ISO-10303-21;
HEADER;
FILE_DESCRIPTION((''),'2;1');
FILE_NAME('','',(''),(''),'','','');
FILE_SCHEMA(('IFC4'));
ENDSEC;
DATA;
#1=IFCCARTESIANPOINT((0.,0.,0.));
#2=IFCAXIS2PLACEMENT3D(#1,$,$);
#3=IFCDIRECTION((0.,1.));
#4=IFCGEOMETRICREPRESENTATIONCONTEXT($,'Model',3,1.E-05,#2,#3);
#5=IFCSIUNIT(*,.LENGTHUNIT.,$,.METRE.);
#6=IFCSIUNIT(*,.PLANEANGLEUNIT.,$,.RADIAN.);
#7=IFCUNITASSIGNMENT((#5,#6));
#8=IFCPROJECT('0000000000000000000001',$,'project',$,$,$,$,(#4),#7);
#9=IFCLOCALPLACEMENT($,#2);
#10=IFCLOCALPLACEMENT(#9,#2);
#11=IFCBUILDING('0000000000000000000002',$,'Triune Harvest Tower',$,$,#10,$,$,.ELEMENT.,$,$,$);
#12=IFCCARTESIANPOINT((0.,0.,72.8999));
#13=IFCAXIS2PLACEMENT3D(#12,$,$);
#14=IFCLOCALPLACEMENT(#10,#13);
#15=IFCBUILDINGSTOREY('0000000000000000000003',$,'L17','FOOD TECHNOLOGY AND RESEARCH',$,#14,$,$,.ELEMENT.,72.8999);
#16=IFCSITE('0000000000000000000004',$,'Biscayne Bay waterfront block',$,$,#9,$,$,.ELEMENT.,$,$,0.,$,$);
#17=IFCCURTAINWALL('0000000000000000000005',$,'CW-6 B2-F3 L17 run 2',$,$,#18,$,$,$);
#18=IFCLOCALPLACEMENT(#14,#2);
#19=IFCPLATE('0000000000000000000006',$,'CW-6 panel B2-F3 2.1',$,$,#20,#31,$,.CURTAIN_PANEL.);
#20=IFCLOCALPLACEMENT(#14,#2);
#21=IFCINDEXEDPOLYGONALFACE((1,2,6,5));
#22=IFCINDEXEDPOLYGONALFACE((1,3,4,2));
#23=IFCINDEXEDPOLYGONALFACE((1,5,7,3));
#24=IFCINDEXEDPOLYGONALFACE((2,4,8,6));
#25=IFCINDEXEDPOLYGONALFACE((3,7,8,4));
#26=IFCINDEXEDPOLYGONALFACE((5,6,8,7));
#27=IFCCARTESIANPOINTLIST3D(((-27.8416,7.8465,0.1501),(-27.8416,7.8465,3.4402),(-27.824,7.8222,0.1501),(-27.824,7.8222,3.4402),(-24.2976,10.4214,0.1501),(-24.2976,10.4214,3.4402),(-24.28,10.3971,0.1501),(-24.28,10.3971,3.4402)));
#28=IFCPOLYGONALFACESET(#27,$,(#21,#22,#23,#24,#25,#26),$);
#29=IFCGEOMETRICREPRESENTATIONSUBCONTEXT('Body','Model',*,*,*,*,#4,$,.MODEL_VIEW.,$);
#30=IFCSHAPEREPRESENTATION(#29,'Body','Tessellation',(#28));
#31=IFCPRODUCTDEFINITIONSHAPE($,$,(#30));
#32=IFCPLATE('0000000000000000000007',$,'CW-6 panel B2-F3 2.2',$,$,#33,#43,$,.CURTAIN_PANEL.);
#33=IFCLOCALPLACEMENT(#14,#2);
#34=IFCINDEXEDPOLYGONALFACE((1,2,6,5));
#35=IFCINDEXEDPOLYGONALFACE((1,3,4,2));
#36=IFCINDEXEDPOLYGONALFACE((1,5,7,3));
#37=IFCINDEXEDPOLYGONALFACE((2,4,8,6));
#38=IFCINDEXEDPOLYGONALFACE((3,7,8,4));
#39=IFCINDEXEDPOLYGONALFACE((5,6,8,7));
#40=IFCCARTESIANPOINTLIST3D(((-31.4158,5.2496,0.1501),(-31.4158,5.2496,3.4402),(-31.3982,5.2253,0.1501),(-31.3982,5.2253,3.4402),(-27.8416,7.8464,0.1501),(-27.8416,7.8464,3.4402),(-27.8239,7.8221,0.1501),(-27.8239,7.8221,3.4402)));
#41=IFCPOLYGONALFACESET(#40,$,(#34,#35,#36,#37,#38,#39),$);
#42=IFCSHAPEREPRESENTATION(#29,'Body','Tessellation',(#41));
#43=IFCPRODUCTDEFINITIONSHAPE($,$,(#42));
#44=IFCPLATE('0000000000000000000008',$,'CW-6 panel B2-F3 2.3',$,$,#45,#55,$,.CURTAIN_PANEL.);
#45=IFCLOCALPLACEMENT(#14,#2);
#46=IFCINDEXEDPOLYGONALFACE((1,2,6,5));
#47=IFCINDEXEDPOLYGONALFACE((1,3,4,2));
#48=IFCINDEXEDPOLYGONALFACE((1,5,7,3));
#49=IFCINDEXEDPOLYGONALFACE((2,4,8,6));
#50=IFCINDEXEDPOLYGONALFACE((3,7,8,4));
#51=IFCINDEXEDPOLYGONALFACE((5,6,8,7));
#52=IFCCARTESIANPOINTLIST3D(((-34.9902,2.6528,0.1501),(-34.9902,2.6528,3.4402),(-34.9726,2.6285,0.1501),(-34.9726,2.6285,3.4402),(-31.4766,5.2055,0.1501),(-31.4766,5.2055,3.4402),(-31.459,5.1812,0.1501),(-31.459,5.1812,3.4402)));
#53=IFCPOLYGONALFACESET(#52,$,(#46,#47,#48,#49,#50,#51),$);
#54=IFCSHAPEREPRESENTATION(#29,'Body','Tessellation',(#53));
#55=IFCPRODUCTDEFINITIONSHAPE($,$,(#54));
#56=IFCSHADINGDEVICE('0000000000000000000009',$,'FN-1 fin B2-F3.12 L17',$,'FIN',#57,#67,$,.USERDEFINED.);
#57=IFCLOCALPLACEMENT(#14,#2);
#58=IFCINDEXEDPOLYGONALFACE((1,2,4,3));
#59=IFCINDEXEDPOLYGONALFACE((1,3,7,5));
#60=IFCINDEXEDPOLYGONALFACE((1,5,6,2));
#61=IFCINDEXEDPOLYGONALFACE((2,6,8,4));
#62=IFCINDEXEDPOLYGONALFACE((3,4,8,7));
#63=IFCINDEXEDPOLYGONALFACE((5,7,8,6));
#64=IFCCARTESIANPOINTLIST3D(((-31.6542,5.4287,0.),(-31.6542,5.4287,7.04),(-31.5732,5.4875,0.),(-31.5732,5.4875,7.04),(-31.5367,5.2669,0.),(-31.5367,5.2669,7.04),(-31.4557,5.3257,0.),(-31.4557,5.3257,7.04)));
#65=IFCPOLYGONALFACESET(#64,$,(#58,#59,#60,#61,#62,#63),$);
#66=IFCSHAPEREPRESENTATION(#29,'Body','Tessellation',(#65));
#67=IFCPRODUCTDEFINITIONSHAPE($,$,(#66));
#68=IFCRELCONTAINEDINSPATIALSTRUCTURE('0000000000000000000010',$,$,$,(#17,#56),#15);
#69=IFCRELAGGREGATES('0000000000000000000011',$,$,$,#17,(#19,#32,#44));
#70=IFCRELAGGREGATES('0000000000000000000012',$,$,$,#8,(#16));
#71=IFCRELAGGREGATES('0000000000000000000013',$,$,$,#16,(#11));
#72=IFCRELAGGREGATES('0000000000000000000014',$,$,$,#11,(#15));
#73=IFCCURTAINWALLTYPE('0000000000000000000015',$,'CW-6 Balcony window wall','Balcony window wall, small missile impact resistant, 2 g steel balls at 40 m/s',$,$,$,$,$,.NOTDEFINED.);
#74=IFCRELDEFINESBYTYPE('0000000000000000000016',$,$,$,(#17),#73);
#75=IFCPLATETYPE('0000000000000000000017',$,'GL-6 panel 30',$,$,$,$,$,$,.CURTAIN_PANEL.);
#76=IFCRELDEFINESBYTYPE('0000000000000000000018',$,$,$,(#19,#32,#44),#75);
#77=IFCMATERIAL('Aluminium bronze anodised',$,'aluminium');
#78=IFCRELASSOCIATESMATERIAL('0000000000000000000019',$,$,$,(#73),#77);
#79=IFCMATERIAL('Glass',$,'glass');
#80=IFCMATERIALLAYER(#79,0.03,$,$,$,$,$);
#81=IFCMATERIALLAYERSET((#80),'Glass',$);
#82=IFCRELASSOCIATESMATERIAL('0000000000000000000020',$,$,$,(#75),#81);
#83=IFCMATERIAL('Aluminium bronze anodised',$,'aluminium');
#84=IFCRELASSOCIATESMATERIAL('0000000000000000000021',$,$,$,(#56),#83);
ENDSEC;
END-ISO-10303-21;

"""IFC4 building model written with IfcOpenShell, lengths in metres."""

from ifc_helpers import new_model, si_unit, direction, frame, origin, origin_2d, place, context, subcontext, project, spatial, rectangle, extrude, source, transform, mapped, material, layer, layer_set, type_object, element, aggregate, save


model = new_model("IFC4")

# Units and contexts
model_context = context("Model", 3, precision=1e-05, world=origin(), true_north=direction((0.0, 1.0)))
body_context = subcontext(model_context, "Body", "Model", "MODEL_VIEW")
ifc_project = project(units=[si_unit("LENGTHUNIT", "METRE"), si_unit("PLANEANGLEUNIT", "RADIAN")], contexts=[model_context])

# Site, building, storey
site_placement = place(None, origin())
site = spatial("IfcSite", under=ifc_project, at=site_placement, Name="Biscayne Bay waterfront block", CompositionType="ELEMENT", RefElevation=0.0)
building_placement = place(site_placement, origin())
building = spatial("IfcBuilding", under=site, at=building_placement, Name="Triune Harvest Tower", CompositionType="ELEMENT")
storey_placement = place(building_placement, frame((0.0, 0.0, 72.8999)))
storey = spatial("IfcBuildingStorey", under=building, at=storey_placement, Name="L17", Description="FOOD TECHNOLOGY AND RESEARCH", CompositionType="ELEMENT", Elevation=72.8999)

# Curtain wall
ifc_material_1 = material(Name="Aluminium bronze anodised", Category="aluminium")
curtain_wall_type_1 = type_object("IfcCurtainWallType", Name="CW-6 Balcony window wall", Description="Balcony window wall, small missile impact resistant, 2 g steel balls at 40 m/s", PredefinedType="NOTDEFINED", material=ifc_material_1)
curtain_wall_1_placement = place(storey_placement, origin())
curtain_wall_1 = element("IfcCurtainWall", 1, at=curtain_wall_1_placement, inside=storey, type_object=curtain_wall_type_1, Name="CW-6 B2-F3 L17 run 2")

# Plates
ifc_material_2 = material(Name="Glass", Category="glass")
ifc_layer_1 = layer(ifc_material_2, 0.03)
ifc_layer_set_1 = layer_set([ifc_layer_1], Name="Glass")
plate_type_1 = type_object("IfcPlateType", Name="GL-6 panel 30", PredefinedType="CURTAIN_PANEL", material=ifc_layer_set_1)
shared_shape_1 = source(origin(), body_context, "Body", "SweptSolid", [
    extrude(rectangle(XDim=4.3806, YDim=0.03, at=origin_2d()), origin(), (0.0, 0.0, 1.0), 3.29),
])
plate_1_placement = place(storey_placement, frame((-26.0608, 9.1218, 0.1501), z_axis=(0.0, 0.0, 1.0), x_axis=(-0.809017, -0.587785, 0.0)))
plate_1 = element("IfcPlate", 2, at=plate_1_placement, type_object=plate_type_1, Name="CW-6 panel B2-F3 2.1", PredefinedType="CURTAIN_PANEL", context=body_context, shape_type="MappedRepresentation", body=[
    mapped(shared_shape_1, transform((0.0, 0.0, 0.0), scale=1.0)),
])
shared_shape_2 = source(origin(), body_context, "Body", "SweptSolid", [
    extrude(rectangle(XDim=4.418, YDim=0.03, at=origin_2d()), origin(), (0.0, 0.0, 1.0), 3.29),
])
plate_2_placement = place(storey_placement, frame((-29.6199, 6.5359, 0.1501), z_axis=(0.0, 0.0, 1.0), x_axis=(-0.809017, -0.587785, 0.0)))
plate_2 = element("IfcPlate", 3, at=plate_2_placement, type_object=plate_type_1, Name="CW-6 panel B2-F3 2.2", PredefinedType="CURTAIN_PANEL", context=body_context, shape_type="MappedRepresentation", body=[
    mapped(shared_shape_2, transform((0.0, 0.0, 0.0), scale=1.0)),
])
shared_shape_3 = source(origin(), body_context, "Body", "SweptSolid", [
    extrude(rectangle(XDim=4.343, YDim=0.03, at=origin_2d()), origin(), (0.0, 0.0, 1.0), 3.29),
])
plate_3_placement = place(storey_placement, frame((-33.2246, 3.917, 0.1501), z_axis=(0.0, 0.0, 1.0), x_axis=(-0.809017, -0.587785, 0.0)))
plate_3 = element("IfcPlate", 4, at=plate_3_placement, type_object=plate_type_1, Name="CW-6 panel B2-F3 2.3", PredefinedType="CURTAIN_PANEL", context=body_context, shape_type="MappedRepresentation", body=[
    mapped(shared_shape_3, transform((0.0, 0.0, 0.0), scale=1.0)),
])
aggregate(curtain_wall_1, [plate_1, plate_2, plate_3])

# Shared definitions
ifc_material_3 = material(Name="Aluminium bronze anodised", Category="aluminium")

# Shading device
shared_shape_4 = source(origin(), body_context, "Body", "SweptSolid", [
    extrude(rectangle(XDim=0.1001, YDim=0.2, at=origin_2d()), origin(), (0.0, 0.0, 1.0), 7.04),
])
shading_device_placement = place(storey_placement, frame((-31.5549, 5.3772, 0.0), z_axis=(0.0, 0.0, 1.0), x_axis=(-0.809017, -0.587785, 0.0)))
element("IfcShadingDevice", 5, at=shading_device_placement, inside=storey, material=ifc_material_3, Name="FN-1 fin B2-F3.12 L17", ObjectType="FIN", PredefinedType="USERDEFINED", context=body_context, shape_type="MappedRepresentation", body=[
    mapped(shared_shape_4, transform((0.0, 0.0, 0.0), scale=1.0)),
])

save(model, "model.ifc")
